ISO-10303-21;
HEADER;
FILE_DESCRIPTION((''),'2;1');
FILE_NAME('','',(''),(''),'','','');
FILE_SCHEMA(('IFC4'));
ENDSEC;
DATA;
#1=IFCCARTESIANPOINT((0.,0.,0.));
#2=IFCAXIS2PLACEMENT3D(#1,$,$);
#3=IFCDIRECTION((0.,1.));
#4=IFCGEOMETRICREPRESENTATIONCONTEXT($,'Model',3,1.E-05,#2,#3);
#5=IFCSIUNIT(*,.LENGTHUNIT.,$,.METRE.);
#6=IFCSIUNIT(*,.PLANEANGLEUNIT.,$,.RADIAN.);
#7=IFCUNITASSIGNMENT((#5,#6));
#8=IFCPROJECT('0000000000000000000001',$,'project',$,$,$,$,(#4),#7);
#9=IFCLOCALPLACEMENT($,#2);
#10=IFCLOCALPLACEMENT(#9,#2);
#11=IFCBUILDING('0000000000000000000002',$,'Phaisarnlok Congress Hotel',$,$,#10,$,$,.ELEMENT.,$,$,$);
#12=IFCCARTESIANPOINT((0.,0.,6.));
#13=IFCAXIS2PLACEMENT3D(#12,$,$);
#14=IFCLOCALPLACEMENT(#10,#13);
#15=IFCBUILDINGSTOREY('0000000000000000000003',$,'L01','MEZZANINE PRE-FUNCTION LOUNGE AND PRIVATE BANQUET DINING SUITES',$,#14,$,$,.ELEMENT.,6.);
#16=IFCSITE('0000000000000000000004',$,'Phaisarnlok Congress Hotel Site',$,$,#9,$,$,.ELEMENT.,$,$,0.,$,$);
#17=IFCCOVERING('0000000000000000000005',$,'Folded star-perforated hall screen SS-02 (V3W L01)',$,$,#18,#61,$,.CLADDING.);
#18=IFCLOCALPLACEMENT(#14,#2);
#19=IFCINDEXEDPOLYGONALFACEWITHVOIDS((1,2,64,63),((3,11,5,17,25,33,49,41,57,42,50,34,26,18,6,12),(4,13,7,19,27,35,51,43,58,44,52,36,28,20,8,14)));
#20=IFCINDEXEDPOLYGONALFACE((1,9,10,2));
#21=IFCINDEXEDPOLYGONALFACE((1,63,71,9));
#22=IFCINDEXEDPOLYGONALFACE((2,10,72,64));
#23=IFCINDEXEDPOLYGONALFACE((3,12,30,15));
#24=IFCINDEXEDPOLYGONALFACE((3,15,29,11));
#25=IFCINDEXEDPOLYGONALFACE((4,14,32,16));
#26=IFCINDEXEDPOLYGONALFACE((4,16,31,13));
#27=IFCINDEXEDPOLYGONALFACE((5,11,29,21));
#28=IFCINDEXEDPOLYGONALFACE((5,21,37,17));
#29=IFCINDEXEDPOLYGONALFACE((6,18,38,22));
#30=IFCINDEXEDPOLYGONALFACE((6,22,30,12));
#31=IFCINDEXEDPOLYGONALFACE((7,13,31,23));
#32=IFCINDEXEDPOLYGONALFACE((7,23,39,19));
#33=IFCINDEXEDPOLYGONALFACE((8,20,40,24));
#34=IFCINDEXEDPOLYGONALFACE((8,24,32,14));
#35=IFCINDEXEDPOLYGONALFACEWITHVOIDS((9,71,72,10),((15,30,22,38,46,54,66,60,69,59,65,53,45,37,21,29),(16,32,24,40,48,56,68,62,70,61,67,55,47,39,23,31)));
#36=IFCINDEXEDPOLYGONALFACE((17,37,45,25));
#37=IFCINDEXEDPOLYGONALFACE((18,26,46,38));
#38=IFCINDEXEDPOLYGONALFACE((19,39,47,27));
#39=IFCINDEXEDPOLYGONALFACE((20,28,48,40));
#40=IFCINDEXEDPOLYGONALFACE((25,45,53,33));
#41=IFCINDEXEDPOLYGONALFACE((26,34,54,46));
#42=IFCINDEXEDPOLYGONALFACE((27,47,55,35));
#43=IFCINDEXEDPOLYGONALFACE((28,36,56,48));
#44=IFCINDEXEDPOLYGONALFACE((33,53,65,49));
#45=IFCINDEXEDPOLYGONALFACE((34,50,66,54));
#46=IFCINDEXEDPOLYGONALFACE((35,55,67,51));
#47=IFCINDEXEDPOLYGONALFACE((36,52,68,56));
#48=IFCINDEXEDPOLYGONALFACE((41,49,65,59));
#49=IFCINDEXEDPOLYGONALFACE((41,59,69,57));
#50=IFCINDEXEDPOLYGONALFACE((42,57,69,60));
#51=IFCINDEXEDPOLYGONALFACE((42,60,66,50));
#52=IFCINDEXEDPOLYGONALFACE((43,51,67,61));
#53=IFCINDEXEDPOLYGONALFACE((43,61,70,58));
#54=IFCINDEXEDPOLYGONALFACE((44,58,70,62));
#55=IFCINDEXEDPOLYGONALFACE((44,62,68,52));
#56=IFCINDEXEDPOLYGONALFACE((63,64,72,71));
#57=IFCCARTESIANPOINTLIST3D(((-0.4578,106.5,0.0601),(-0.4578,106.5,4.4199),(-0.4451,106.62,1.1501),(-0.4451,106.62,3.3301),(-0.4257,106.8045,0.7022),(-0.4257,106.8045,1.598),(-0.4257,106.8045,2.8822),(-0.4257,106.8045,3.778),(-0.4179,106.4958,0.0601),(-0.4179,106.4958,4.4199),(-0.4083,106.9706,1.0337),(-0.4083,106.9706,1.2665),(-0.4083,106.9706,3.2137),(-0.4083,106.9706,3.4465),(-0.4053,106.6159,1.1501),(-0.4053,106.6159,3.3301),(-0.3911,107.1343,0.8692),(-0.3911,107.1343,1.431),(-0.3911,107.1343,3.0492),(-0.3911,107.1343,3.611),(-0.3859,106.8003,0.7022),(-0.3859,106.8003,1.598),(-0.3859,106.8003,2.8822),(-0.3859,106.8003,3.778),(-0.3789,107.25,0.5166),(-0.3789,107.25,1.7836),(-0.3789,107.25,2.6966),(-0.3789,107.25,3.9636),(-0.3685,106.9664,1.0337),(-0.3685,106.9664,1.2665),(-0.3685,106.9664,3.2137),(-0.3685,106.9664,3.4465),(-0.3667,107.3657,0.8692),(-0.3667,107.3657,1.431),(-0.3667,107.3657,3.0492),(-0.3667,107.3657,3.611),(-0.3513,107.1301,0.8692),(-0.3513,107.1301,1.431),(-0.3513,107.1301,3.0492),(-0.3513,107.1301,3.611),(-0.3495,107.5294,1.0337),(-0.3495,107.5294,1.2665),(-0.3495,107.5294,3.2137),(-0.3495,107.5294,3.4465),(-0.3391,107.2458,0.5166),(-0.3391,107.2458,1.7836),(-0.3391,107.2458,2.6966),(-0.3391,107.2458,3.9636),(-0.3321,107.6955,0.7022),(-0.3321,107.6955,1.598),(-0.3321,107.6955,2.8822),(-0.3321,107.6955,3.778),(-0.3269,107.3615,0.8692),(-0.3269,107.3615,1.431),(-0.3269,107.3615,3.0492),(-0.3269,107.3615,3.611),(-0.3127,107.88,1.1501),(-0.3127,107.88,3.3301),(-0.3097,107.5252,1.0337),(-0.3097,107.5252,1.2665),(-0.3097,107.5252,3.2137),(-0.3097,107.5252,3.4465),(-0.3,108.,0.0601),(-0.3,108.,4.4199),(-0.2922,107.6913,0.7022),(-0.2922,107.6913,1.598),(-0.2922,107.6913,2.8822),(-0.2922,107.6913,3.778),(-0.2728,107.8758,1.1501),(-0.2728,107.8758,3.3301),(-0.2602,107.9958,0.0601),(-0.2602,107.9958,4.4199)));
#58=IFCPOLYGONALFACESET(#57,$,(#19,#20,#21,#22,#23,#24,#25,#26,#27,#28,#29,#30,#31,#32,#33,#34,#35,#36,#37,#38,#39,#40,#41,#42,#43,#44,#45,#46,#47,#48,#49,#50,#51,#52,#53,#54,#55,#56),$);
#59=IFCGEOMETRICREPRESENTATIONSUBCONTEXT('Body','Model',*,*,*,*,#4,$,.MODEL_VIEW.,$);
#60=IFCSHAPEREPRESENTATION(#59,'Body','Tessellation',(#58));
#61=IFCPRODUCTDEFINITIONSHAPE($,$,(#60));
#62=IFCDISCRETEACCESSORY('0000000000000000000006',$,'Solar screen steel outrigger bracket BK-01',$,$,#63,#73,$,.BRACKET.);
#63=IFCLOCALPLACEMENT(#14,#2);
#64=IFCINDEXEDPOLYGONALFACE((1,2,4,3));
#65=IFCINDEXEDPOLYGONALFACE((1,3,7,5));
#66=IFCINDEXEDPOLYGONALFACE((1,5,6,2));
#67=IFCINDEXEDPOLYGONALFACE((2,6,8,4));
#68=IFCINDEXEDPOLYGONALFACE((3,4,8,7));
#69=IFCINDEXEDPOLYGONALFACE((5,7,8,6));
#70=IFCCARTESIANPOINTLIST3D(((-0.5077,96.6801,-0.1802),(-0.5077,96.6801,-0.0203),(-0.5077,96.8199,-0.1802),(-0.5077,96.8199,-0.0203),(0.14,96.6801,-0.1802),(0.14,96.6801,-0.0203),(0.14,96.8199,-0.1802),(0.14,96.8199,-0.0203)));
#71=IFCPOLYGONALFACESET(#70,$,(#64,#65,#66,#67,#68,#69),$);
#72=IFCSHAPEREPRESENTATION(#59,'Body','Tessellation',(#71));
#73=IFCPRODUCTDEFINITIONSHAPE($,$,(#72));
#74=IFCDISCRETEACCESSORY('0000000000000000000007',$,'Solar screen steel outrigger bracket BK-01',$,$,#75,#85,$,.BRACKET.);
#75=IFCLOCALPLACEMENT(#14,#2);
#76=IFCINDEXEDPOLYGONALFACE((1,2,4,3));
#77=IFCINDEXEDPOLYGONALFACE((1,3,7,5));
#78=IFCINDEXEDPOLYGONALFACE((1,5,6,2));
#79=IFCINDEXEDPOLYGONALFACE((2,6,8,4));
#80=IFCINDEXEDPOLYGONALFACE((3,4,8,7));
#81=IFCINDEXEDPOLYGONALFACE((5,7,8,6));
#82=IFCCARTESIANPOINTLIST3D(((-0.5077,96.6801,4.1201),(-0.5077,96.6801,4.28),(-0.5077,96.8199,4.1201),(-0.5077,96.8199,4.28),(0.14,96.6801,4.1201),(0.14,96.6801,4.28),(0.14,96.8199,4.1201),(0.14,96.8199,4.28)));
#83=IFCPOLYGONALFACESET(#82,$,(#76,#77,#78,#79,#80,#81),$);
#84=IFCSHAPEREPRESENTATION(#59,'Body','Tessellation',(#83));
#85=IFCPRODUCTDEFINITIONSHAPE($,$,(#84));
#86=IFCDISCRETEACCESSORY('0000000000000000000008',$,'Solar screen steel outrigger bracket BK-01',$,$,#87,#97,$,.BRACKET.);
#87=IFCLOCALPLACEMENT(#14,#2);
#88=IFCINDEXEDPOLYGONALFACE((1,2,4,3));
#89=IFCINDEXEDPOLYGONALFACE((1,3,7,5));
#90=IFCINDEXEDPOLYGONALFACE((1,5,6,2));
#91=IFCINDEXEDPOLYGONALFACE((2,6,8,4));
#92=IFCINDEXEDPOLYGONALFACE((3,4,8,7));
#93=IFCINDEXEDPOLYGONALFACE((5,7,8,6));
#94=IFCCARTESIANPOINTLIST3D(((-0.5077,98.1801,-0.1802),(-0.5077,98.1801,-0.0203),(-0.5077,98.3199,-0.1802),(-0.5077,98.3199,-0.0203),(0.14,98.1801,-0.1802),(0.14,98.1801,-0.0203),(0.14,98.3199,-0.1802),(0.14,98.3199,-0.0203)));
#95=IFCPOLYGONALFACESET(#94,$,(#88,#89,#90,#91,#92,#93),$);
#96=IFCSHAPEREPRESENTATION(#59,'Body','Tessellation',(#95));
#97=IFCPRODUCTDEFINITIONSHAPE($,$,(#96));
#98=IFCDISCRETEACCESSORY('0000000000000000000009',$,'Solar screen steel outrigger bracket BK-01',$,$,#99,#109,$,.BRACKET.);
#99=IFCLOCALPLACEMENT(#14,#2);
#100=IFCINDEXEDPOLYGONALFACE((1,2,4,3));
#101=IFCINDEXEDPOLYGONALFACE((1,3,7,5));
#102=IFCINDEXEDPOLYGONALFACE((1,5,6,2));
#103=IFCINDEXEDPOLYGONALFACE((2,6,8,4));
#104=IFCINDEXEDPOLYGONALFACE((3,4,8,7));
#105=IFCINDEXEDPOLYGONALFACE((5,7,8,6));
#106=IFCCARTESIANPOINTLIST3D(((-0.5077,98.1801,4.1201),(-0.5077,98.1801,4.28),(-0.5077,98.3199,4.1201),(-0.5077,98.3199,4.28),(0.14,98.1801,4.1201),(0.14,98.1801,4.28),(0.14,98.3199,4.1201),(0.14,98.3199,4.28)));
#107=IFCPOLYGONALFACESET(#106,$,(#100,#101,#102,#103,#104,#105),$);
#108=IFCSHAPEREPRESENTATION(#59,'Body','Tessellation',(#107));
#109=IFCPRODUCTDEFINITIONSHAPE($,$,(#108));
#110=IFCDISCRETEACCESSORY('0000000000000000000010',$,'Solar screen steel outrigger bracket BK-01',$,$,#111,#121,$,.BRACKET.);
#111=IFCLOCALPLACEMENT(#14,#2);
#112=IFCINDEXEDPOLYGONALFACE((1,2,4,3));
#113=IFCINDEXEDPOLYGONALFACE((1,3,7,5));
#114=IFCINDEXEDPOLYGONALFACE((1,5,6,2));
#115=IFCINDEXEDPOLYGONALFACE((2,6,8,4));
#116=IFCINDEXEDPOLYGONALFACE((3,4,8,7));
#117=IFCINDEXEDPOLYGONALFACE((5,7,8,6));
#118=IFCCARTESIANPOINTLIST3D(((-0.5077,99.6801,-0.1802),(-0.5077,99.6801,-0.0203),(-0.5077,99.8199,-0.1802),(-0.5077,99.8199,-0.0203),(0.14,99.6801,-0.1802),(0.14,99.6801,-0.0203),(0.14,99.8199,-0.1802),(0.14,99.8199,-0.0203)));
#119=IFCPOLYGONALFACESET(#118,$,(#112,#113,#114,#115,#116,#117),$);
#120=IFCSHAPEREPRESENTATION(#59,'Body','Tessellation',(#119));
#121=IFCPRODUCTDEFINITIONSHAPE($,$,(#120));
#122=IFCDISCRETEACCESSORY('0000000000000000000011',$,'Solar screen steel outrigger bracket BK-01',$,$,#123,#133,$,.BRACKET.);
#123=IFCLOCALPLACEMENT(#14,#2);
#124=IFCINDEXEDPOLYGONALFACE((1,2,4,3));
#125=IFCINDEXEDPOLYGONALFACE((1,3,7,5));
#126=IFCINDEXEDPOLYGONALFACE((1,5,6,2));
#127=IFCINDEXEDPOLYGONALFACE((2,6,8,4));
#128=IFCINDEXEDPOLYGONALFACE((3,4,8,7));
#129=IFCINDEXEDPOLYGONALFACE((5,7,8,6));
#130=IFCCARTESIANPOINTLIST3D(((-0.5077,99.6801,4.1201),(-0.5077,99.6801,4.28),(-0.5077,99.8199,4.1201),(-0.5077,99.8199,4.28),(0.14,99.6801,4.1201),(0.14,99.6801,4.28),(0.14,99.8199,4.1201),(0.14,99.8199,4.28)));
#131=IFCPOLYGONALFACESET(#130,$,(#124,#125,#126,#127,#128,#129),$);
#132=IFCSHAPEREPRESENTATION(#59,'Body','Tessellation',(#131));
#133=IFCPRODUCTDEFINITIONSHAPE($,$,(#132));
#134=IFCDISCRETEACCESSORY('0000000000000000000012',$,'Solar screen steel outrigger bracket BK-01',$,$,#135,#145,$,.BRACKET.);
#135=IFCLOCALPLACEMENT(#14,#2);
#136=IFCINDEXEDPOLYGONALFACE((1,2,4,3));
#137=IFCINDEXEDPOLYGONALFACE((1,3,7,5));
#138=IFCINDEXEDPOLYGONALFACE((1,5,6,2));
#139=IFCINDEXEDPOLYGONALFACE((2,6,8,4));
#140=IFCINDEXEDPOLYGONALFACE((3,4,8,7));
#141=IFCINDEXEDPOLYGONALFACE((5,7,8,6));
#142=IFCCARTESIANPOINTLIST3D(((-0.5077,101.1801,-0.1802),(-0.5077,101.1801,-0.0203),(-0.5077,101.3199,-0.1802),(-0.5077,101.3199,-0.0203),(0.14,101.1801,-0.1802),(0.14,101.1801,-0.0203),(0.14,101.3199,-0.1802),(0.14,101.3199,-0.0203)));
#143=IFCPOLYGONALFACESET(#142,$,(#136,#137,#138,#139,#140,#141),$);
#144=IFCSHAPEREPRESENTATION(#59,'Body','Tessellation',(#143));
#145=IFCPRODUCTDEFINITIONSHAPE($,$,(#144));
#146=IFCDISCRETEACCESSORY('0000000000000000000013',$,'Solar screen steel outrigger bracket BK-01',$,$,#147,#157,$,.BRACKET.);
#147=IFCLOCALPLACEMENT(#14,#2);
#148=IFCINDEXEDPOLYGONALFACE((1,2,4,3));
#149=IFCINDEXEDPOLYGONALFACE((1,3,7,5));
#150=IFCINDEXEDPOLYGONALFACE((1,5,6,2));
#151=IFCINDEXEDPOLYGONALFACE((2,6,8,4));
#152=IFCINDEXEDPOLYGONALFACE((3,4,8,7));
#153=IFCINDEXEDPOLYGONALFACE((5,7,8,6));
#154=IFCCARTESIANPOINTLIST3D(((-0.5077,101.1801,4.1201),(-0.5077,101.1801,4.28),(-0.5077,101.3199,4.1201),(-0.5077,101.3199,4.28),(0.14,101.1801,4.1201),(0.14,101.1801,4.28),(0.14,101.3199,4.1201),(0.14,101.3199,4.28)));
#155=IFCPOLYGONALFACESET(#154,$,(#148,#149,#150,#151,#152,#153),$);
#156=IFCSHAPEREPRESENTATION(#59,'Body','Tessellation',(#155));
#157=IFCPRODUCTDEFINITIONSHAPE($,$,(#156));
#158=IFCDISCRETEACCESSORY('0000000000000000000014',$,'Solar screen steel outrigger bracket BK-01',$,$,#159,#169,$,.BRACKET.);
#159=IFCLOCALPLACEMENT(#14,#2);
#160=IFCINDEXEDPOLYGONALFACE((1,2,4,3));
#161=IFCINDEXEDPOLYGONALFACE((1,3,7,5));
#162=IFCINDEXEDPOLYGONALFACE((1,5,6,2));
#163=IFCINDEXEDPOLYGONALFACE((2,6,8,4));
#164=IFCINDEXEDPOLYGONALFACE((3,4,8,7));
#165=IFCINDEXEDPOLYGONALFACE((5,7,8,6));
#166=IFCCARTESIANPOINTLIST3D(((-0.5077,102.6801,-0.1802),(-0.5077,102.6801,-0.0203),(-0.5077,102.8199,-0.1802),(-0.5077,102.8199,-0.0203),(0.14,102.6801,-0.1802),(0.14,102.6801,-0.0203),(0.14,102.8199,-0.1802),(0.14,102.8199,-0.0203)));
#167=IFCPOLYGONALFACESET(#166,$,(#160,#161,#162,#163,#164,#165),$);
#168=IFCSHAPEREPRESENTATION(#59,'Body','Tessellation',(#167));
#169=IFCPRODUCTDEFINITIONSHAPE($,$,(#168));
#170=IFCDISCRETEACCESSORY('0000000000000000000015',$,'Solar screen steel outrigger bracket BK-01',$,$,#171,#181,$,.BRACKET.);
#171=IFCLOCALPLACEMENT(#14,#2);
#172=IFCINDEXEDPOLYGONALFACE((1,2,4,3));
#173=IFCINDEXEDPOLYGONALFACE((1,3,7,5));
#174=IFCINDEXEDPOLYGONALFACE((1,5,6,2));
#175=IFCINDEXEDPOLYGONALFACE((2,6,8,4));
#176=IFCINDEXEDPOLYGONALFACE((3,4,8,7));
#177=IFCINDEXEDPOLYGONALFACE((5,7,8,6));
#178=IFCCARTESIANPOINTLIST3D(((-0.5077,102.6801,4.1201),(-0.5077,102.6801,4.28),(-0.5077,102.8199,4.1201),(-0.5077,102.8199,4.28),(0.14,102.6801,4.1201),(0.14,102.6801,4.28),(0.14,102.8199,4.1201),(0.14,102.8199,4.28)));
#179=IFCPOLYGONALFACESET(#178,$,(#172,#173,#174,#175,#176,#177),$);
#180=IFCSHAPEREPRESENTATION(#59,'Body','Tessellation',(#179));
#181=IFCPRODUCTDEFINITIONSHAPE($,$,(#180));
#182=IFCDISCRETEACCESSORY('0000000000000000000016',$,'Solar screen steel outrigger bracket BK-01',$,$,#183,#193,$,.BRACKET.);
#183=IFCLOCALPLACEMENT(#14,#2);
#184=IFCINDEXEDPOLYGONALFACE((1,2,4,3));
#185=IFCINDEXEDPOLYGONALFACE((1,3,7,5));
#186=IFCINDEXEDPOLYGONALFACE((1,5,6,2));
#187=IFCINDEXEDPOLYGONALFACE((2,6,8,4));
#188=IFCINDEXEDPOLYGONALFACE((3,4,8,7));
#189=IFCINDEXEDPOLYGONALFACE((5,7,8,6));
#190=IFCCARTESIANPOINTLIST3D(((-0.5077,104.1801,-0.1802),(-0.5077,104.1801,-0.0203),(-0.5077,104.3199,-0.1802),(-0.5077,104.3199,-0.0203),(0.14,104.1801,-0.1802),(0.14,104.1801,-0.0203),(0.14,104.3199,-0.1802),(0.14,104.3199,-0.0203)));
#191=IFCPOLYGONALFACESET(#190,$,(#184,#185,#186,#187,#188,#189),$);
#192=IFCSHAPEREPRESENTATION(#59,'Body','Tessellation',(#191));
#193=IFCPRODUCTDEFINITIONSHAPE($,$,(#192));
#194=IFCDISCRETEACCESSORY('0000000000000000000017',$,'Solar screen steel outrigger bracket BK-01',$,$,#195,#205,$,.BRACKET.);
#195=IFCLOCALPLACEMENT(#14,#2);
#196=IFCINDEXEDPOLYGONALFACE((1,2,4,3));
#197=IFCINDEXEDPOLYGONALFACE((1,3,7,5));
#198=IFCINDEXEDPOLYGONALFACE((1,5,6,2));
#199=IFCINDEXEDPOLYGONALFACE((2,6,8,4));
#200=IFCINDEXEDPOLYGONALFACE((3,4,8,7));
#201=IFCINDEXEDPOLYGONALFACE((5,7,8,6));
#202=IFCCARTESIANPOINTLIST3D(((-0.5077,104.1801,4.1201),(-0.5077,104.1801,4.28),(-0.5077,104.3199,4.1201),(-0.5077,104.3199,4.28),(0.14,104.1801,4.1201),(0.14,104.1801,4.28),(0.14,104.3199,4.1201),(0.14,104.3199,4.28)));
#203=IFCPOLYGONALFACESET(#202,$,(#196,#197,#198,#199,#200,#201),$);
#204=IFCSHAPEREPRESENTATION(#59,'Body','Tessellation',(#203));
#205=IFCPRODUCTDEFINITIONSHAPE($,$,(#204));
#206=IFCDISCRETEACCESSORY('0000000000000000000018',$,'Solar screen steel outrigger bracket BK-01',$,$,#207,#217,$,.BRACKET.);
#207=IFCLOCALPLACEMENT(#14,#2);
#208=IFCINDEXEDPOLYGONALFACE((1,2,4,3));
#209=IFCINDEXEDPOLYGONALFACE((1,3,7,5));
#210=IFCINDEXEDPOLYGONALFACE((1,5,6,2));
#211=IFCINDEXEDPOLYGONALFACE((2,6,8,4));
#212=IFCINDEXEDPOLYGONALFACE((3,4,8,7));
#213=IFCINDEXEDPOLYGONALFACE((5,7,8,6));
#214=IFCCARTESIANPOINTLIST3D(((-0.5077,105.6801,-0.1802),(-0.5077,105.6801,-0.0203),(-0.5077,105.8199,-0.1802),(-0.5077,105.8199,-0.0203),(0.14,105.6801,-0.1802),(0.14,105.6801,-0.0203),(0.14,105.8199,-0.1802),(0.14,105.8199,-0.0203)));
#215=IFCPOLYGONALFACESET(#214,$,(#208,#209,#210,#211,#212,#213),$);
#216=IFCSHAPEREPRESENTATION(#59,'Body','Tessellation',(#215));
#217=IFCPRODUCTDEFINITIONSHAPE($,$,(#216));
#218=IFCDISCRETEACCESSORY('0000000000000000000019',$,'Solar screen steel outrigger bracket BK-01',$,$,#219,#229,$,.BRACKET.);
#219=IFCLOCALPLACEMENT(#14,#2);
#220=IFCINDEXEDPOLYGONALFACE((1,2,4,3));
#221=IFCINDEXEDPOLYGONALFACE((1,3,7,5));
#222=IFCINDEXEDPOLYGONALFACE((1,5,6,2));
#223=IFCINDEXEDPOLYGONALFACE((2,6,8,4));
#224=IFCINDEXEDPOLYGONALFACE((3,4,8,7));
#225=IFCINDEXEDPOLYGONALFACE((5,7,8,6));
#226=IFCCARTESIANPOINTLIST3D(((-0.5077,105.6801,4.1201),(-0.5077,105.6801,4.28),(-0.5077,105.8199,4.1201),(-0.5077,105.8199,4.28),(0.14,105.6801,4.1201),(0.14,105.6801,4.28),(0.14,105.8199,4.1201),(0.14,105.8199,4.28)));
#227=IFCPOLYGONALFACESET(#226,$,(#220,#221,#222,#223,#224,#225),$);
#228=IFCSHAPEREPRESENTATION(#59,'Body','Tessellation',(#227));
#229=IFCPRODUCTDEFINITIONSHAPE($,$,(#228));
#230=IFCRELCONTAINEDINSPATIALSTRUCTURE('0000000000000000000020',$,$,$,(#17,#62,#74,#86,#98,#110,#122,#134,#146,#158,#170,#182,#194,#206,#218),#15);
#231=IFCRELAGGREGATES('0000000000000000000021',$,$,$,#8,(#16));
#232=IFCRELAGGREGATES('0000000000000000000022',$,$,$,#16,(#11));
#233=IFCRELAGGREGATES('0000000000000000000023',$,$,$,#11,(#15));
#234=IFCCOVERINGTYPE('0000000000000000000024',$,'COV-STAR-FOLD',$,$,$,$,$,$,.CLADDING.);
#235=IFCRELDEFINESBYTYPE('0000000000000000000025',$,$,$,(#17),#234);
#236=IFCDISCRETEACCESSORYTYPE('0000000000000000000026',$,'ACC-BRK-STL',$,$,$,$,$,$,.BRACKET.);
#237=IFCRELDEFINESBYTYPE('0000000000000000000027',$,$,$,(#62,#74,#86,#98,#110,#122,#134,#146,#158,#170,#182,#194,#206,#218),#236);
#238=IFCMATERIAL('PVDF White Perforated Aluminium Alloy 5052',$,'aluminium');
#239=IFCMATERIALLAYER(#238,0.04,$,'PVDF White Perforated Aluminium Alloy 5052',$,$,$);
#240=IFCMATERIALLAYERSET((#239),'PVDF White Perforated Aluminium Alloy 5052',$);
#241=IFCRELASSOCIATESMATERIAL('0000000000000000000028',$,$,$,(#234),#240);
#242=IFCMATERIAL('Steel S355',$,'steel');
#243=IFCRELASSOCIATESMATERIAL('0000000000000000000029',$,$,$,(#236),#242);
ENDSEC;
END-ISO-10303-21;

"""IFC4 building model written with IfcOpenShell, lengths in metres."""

from ifc_helpers import new_model, si_unit, direction, frame, origin, origin_2d, place, context, subcontext, project, spatial, polyline, rectangle, outline, extrude, material, layer, layer_set, type_object, element, save


model = new_model("IFC4")

# Units and contexts
model_context = context("Model", 3, precision=1e-05, world=origin(), true_north=direction((0.0, 1.0)))
body_context = subcontext(model_context, "Body", "Model", "MODEL_VIEW")
ifc_project = project(units=[si_unit("LENGTHUNIT", "METRE"), si_unit("PLANEANGLEUNIT", "RADIAN")], contexts=[model_context])

# Site, building, storey
site_placement = place(None, origin())
site = spatial("IfcSite", under=ifc_project, at=site_placement, Name="Phaisarnlok Congress Hotel Site", CompositionType="ELEMENT", RefElevation=0.0)
building_placement = place(site_placement, origin())
building = spatial("IfcBuilding", under=site, at=building_placement, Name="Phaisarnlok Congress Hotel", CompositionType="ELEMENT")
storey_placement = place(building_placement, frame((0.0, 0.0, 6.0)))
storey = spatial("IfcBuildingStorey", under=building, at=storey_placement, Name="L01", Description="MEZZANINE PRE-FUNCTION LOUNGE AND PRIVATE BANQUET DINING SUITES", CompositionType="ELEMENT", Elevation=6.0)

# Covering
ifc_material_1 = material(Name="PVDF White Perforated Aluminium Alloy 5052", Category="aluminium")
ifc_layer = layer(ifc_material_1, 0.04, Name="PVDF White Perforated Aluminium Alloy 5052")
ifc_layer_set = layer_set([ifc_layer], Name="PVDF White Perforated Aluminium Alloy 5052")
covering_type = type_object("IfcCoveringType", Name="COV-STAR-FOLD", PredefinedType="CLADDING", material=ifc_layer_set)
for number, where, z_axis, x_axis, name in (
    (1, (-0.4578, 106.5, 0.0601), (0.994518, -0.104567, 0.0), (0.104567, 0.994518, 0.0), "Folded star-perforated hall screen SS-02 (V3W L01)"),
):
    element("IfcCovering", number, at=place(storey_placement, frame(where, z_axis=z_axis, x_axis=x_axis)), inside=storey, type_object=covering_type, Name=name, PredefinedType="CLADDING", context=body_context, shape_type="SweptSolid", body=[
        extrude(outline(polyline([(0.0, 0.0), (1.5083, 0.0), (1.5083, 4.3599), (0.0, 4.3599), (0.0, 0.0)]), holes=[polyline([(1.0351, 0.9736), (1.2021, 0.6421), (0.8705, 0.8091), (0.7541, 0.4565), (0.6378, 0.8091), (0.3062, 0.6421), (0.4732, 0.9736), (0.1207, 1.09), (0.4732, 1.2064), (0.3062, 1.5379), (0.6378, 1.3709), (0.7541, 1.7235), (0.8705, 1.3709), (1.2021, 1.5379), (1.0351, 1.2064), (1.3876, 1.09), (1.0351, 0.9736)]), polyline([(1.0351, 3.1536), (1.2021, 2.8221), (0.8705, 2.9891), (0.7541, 2.6365), (0.6378, 2.9891), (0.3062, 2.8221), (0.4732, 3.1536), (0.1207, 3.27), (0.4732, 3.3864), (0.3062, 3.7179), (0.6378, 3.5509), (0.7541, 3.9035), (0.8705, 3.5509), (1.2021, 3.7179), (1.0351, 3.3864), (1.3876, 3.27), (1.0351, 3.1536)])]), origin(), (0.0, 0.0, 1.0), 0.04),
    ])

# Discrete accessories
ifc_material_2 = material(Name="Steel S355", Category="steel")
discrete_accessory_type = type_object("IfcDiscreteAccessoryType", Name="ACC-BRK-STL", PredefinedType="BRACKET", material=ifc_material_2)
for number, where, z_axis, x_axis, name in (
    (2, (-0.1838, 96.75, -0.1802), (0.0, 0.0, 1.0), (1.0, 0.0, 0.0), "Solar screen steel outrigger bracket BK-01"),
    (3, (-0.1838, 96.75, 4.1201), (0.0, 0.0, 1.0), (1.0, 0.0, 0.0), "Solar screen steel outrigger bracket BK-01"),
    (4, (-0.1838, 98.25, -0.1802), (0.0, 0.0, 1.0), (1.0, 0.0, 0.0), "Solar screen steel outrigger bracket BK-01"),
    (5, (-0.1838, 98.25, 4.1201), (0.0, 0.0, 1.0), (1.0, 0.0, 0.0), "Solar screen steel outrigger bracket BK-01"),
    (6, (-0.1838, 99.75, -0.1802), (0.0, 0.0, 1.0), (1.0, 0.0, 0.0), "Solar screen steel outrigger bracket BK-01"),
    (7, (-0.1838, 99.75, 4.1201), (0.0, 0.0, 1.0), (1.0, 0.0, 0.0), "Solar screen steel outrigger bracket BK-01"),
    (8, (-0.1838, 101.25, -0.1802), (0.0, 0.0, 1.0), (1.0, 0.0, 0.0), "Solar screen steel outrigger bracket BK-01"),
    (9, (-0.1838, 101.25, 4.1201), (0.0, 0.0, 1.0), (1.0, 0.0, 0.0), "Solar screen steel outrigger bracket BK-01"),
    (10, (-0.1838, 102.75, -0.1802), (0.0, 0.0, 1.0), (1.0, 0.0, 0.0), "Solar screen steel outrigger bracket BK-01"),
    (11, (-0.1838, 102.75, 4.1201), (0.0, 0.0, 1.0), (1.0, 0.0, 0.0), "Solar screen steel outrigger bracket BK-01"),
    (12, (-0.1838, 104.25, -0.1802), (0.0, 0.0, 1.0), (1.0, 0.0, 0.0), "Solar screen steel outrigger bracket BK-01"),
    (13, (-0.1838, 104.25, 4.1201), (0.0, 0.0, 1.0), (1.0, 0.0, 0.0), "Solar screen steel outrigger bracket BK-01"),
    (14, (-0.1838, 105.75, -0.1802), (0.0, 0.0, 1.0), (1.0, 0.0, 0.0), "Solar screen steel outrigger bracket BK-01"),
    (15, (-0.1838, 105.75, 4.1201), (0.0, 0.0, 1.0), (1.0, 0.0, 0.0), "Solar screen steel outrigger bracket BK-01"),
):
    element("IfcDiscreteAccessory", number, at=place(storey_placement, frame(where, z_axis=z_axis, x_axis=x_axis)), inside=storey, type_object=discrete_accessory_type, Name=name, PredefinedType="BRACKET", context=body_context, shape_type="SweptSolid", body=[
        extrude(rectangle(XDim=0.6477, YDim=0.1399, at=origin_2d()), origin(), (0.0, 0.0, 1.0), 0.1599),
    ])

save(model, "model.ifc")
